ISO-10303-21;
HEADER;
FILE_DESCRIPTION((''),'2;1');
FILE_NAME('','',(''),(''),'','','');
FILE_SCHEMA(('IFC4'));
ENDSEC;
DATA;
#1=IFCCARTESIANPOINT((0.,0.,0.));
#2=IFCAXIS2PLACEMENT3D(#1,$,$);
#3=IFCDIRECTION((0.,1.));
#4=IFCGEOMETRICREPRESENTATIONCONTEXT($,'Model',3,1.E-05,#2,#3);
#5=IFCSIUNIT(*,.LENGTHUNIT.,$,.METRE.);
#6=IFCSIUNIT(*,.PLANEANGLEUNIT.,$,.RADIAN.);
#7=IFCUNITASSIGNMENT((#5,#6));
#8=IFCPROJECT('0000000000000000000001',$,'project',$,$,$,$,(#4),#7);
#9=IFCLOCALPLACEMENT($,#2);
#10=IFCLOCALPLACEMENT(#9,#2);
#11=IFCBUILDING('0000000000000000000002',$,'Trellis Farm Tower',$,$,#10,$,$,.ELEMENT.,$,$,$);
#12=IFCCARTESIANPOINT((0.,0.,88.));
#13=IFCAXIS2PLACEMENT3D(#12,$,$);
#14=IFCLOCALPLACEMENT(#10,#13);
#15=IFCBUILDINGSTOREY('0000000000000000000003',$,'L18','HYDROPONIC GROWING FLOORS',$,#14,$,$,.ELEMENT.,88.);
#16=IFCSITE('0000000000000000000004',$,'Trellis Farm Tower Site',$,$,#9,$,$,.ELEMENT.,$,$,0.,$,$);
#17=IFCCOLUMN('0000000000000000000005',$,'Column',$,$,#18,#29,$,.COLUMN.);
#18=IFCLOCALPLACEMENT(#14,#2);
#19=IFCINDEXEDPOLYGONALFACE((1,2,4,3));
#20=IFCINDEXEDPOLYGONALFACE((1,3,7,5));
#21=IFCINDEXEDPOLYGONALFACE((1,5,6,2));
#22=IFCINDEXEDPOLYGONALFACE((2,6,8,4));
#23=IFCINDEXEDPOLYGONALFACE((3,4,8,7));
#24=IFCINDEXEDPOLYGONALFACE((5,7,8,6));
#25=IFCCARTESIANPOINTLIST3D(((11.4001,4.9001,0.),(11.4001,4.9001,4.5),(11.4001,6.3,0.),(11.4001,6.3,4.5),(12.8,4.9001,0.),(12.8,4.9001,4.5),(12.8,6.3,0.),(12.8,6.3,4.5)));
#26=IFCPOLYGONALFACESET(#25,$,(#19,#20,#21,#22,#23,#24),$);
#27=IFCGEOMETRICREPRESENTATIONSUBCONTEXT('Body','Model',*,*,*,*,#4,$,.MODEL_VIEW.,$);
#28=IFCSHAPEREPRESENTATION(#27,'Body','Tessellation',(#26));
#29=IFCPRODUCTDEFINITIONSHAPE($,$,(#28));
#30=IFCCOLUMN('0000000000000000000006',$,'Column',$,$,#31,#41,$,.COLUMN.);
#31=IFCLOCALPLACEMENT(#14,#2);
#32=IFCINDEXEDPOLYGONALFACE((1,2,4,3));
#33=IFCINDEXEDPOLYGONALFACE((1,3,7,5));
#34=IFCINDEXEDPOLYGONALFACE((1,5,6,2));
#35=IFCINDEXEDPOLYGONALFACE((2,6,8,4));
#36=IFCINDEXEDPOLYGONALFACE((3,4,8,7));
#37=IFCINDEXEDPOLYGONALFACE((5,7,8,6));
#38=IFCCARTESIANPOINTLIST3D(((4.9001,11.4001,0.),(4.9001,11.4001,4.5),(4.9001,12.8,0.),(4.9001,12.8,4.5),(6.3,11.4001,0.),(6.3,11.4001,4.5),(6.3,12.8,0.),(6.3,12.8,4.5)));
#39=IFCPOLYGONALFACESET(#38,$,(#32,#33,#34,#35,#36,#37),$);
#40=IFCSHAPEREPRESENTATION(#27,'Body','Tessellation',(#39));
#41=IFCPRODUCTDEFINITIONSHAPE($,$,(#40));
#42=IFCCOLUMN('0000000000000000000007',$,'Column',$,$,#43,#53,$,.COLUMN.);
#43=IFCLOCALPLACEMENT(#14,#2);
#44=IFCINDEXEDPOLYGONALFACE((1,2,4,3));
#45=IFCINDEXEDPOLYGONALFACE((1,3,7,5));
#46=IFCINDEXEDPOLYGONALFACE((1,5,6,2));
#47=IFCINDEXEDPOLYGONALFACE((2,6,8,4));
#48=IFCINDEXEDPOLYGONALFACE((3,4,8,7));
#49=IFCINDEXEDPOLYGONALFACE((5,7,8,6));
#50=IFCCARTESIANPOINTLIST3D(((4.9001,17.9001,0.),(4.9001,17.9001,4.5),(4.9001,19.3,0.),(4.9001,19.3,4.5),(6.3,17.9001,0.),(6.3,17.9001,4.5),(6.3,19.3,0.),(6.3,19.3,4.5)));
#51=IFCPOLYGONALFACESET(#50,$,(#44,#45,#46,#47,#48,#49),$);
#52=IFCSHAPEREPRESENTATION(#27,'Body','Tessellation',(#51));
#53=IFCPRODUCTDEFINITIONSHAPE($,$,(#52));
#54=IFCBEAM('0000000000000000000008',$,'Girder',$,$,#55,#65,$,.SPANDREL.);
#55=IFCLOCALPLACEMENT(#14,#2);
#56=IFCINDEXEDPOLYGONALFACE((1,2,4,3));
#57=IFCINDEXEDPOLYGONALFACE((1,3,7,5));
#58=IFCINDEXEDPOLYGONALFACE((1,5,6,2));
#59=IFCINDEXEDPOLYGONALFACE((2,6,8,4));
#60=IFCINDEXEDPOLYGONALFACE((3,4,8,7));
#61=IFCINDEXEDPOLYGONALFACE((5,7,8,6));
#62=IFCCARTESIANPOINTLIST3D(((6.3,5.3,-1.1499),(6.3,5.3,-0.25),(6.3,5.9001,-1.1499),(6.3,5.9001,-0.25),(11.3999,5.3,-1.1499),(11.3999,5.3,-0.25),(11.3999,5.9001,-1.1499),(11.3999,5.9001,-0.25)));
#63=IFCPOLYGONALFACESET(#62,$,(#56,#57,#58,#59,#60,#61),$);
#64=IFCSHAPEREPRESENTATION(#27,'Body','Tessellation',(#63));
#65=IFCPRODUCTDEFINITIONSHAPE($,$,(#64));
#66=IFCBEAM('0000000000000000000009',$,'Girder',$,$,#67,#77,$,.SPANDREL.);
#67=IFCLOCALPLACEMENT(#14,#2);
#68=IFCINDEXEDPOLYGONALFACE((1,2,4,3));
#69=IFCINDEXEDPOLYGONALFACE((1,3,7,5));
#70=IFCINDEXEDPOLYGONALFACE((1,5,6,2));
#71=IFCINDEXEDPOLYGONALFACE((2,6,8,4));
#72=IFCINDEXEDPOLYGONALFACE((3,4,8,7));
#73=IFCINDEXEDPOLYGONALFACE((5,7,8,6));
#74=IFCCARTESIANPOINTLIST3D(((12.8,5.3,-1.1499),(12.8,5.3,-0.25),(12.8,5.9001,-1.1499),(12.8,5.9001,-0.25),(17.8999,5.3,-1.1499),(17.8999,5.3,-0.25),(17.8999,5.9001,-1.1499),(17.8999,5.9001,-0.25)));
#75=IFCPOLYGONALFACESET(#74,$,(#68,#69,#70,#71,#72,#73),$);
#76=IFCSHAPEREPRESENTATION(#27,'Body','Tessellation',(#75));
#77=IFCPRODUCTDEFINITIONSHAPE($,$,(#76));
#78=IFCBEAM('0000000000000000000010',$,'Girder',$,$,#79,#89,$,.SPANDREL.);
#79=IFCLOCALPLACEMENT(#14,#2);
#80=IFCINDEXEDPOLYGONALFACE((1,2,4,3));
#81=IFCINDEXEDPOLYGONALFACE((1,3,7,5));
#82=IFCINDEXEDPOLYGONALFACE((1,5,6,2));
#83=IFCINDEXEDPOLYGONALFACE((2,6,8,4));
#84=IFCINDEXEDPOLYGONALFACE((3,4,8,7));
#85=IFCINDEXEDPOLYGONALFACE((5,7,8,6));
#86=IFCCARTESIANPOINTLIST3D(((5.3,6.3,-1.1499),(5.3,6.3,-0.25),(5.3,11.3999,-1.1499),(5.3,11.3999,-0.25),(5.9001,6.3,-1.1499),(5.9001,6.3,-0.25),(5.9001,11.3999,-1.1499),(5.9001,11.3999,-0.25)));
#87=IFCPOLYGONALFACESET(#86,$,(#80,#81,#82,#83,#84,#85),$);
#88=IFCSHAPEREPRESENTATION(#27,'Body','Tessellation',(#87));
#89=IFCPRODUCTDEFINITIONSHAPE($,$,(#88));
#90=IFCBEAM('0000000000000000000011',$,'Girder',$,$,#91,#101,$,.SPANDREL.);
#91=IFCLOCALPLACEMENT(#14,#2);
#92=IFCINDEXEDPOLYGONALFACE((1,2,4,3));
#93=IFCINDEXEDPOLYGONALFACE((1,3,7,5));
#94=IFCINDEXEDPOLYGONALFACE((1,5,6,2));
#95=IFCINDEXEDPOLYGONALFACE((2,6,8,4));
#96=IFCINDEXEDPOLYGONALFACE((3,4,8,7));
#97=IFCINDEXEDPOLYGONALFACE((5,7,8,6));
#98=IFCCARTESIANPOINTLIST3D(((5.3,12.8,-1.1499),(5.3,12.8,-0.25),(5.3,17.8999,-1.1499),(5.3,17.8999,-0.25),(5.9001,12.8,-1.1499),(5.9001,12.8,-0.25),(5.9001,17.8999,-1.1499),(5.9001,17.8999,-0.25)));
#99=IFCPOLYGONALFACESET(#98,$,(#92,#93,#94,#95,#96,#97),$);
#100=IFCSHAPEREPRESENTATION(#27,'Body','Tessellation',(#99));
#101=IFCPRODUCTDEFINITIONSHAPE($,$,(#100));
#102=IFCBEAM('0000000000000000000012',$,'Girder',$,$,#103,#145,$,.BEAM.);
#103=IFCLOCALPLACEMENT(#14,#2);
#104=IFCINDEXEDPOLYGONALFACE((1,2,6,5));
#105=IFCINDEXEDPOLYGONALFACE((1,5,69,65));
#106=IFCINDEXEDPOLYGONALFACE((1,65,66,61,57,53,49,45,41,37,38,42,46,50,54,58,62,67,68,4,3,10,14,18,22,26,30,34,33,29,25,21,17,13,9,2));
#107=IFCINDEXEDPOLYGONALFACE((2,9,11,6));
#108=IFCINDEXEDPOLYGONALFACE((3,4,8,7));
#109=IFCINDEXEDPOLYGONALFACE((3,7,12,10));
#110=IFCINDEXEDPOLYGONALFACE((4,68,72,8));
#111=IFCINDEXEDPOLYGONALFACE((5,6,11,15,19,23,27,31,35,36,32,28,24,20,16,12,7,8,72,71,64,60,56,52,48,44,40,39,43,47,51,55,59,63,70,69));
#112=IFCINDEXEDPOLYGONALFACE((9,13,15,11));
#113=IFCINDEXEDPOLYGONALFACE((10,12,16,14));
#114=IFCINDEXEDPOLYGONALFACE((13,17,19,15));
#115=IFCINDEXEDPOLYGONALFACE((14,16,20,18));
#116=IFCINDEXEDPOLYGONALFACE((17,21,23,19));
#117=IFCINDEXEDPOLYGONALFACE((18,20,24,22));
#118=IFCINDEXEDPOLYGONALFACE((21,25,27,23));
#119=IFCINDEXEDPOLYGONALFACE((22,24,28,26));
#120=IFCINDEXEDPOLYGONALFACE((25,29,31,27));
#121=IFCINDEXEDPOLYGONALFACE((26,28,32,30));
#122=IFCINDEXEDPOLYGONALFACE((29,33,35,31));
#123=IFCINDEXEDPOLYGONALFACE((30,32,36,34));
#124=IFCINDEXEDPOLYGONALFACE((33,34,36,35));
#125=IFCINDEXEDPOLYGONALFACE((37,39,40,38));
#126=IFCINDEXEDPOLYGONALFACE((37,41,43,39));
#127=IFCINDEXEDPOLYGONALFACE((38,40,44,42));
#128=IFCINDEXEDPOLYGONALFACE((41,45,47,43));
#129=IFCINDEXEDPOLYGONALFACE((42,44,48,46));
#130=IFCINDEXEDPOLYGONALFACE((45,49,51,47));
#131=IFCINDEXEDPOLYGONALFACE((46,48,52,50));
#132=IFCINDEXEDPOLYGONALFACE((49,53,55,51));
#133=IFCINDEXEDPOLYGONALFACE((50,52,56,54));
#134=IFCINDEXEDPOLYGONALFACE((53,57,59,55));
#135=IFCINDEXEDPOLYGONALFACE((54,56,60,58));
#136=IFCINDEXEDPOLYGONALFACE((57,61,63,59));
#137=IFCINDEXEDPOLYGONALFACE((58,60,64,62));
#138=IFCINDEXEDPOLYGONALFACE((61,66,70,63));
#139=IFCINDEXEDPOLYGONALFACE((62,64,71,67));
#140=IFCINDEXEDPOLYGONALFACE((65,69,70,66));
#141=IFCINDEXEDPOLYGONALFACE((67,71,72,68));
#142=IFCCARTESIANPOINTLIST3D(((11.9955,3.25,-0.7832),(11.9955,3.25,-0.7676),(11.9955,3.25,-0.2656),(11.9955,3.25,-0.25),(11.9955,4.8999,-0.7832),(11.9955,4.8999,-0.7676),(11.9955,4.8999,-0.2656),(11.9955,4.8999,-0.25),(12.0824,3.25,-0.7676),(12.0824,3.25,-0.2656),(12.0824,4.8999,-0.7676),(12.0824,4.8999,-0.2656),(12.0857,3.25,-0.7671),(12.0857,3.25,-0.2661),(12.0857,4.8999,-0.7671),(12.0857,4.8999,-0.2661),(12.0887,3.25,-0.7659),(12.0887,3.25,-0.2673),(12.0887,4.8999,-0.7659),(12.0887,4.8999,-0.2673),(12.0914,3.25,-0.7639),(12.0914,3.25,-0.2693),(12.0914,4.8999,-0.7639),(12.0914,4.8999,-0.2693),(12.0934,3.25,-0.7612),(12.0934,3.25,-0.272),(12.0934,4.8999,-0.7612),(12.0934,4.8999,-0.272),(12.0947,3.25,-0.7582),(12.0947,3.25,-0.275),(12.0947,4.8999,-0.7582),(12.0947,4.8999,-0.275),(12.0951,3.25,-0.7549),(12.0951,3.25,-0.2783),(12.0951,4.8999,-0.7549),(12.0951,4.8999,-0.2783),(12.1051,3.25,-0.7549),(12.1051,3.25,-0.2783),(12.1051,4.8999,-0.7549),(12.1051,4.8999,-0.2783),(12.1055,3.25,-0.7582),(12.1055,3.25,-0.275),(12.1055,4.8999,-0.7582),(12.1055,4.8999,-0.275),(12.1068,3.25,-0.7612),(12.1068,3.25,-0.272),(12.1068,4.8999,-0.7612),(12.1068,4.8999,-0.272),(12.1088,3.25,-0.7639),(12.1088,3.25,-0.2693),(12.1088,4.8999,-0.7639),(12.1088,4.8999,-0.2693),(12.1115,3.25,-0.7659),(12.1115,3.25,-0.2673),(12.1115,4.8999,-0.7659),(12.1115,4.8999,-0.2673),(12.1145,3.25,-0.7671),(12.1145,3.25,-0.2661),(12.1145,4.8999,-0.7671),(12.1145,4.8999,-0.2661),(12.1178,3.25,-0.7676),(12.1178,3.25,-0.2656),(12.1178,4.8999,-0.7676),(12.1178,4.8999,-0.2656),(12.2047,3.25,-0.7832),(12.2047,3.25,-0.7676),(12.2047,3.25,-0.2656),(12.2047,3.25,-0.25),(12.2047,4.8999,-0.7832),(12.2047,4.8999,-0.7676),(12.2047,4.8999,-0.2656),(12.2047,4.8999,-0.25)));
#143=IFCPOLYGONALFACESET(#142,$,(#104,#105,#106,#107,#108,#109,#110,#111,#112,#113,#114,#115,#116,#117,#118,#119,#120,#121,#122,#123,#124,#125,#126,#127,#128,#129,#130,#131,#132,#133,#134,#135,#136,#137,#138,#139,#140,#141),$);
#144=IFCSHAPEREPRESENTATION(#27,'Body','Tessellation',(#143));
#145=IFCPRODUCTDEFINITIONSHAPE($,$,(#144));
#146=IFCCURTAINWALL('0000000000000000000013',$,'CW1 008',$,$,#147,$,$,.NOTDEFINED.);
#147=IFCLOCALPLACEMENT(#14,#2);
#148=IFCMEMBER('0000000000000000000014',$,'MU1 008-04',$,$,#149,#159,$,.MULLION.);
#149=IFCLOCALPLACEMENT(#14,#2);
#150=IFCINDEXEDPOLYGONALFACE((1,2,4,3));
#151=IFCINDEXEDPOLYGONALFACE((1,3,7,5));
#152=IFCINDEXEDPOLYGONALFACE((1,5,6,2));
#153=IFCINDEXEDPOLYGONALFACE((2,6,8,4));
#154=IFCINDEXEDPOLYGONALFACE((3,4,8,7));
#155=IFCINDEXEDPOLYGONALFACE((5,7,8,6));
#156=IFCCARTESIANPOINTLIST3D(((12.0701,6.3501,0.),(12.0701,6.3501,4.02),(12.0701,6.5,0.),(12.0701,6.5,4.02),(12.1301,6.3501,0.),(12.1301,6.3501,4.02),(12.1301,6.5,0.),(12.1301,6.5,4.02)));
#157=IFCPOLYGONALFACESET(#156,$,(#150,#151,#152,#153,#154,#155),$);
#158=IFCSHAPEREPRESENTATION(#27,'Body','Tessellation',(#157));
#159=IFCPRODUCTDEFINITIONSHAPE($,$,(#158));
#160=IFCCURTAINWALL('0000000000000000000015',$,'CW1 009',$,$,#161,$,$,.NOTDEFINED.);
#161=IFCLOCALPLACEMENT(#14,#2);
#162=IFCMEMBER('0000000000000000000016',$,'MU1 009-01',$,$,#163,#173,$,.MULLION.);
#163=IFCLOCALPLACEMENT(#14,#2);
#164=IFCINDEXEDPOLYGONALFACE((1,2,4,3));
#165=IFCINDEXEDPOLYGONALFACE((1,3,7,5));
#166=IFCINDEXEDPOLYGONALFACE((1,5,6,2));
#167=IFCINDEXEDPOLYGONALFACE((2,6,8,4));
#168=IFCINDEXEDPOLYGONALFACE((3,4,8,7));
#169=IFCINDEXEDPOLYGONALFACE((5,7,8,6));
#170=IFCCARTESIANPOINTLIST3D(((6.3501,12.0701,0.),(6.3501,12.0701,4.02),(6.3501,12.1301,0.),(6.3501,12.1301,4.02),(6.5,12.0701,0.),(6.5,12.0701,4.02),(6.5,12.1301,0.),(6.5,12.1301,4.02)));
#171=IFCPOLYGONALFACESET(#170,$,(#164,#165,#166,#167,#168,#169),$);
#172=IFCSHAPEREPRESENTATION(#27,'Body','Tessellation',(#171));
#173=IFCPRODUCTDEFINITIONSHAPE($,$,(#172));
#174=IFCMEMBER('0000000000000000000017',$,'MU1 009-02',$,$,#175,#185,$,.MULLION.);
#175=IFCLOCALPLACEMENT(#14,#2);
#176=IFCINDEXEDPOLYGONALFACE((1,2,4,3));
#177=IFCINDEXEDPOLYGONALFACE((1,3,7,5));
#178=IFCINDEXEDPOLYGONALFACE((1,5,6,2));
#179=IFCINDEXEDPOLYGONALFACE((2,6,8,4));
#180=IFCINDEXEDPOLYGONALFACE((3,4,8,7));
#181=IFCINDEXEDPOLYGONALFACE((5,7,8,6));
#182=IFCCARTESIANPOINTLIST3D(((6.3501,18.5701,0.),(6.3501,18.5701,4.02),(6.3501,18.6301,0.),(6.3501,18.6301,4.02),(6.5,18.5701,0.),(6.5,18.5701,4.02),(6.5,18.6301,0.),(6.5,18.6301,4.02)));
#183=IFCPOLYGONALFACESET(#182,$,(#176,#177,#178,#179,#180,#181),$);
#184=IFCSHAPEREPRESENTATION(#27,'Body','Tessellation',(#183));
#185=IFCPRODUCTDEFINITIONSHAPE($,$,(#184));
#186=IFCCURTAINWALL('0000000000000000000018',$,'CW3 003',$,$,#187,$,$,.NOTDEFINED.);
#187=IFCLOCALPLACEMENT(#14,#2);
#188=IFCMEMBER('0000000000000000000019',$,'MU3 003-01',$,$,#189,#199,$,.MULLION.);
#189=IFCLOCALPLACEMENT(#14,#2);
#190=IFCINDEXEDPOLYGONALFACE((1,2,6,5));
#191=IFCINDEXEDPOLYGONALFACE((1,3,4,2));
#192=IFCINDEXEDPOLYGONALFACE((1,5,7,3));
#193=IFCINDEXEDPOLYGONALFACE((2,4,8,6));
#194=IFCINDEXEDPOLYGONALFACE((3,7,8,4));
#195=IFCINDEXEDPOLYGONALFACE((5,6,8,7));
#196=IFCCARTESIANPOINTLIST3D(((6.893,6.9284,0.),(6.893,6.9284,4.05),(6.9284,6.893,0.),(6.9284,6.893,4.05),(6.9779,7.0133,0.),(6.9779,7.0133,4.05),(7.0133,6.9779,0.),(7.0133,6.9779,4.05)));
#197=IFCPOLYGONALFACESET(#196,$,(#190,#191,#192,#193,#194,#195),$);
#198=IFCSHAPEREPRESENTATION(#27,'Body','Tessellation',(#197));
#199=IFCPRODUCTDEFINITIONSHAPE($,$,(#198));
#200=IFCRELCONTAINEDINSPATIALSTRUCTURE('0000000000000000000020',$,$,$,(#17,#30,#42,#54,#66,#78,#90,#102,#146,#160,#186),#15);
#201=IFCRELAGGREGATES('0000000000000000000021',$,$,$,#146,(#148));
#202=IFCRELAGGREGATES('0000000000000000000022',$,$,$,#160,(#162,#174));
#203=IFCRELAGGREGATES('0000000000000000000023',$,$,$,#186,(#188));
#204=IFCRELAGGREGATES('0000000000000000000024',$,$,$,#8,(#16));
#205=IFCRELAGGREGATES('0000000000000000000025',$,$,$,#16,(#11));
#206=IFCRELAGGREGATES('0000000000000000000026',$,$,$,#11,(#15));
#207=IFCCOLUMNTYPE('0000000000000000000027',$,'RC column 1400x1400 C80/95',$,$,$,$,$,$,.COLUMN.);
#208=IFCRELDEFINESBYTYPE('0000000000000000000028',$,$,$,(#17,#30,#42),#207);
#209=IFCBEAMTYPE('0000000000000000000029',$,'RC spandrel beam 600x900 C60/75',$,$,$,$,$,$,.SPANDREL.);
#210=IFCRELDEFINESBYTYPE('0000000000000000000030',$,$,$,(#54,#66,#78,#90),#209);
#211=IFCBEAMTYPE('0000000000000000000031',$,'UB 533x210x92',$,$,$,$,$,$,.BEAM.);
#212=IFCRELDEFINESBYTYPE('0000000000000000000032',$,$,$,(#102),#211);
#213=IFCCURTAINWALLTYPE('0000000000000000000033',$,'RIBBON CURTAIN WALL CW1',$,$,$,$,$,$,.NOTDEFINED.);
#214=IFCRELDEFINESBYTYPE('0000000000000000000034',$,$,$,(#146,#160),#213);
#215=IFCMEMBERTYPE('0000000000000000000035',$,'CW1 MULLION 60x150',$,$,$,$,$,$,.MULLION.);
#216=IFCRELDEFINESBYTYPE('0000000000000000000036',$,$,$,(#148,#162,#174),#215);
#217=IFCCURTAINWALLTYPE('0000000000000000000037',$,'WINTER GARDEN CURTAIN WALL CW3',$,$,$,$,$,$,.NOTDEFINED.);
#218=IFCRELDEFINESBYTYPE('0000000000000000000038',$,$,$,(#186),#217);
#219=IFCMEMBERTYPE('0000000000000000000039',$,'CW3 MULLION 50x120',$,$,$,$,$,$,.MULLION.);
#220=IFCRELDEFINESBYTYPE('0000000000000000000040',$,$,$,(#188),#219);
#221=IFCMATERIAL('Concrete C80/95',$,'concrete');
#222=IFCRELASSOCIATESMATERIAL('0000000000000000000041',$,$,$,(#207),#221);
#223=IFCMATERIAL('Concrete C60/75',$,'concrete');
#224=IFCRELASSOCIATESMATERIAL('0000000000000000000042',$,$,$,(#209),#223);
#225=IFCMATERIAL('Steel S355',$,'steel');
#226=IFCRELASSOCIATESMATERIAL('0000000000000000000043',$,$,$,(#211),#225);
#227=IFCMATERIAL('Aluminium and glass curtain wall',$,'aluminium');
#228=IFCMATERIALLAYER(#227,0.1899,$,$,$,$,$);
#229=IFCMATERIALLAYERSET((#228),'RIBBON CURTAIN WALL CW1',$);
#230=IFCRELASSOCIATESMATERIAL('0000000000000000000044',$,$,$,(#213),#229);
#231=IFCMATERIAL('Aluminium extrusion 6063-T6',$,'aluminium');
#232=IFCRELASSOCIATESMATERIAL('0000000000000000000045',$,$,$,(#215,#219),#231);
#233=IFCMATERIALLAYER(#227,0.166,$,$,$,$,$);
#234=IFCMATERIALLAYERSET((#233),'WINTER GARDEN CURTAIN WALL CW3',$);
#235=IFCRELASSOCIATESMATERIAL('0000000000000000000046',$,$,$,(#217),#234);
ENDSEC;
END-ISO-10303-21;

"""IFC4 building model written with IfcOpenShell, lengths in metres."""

from ifc_helpers import new_model, si_unit, direction, frame, origin, origin_2d, place, context, subcontext, project, spatial, rectangle, i_section, extrude, source, transform, mapped, material, layer, layer_set, material_profile, profile_set, type_object, element, aggregate, save


model = new_model("IFC4")

# Units and contexts
model_context = context("Model", 3, precision=1e-05, world=origin(), true_north=direction((0.0, 1.0)))
body_context = subcontext(model_context, "Body", "Model", "MODEL_VIEW")
ifc_project = project(units=[si_unit("LENGTHUNIT", "METRE"), si_unit("PLANEANGLEUNIT", "RADIAN")], contexts=[model_context])

# Site, building, storey
site_placement = place(None, origin())
site = spatial("IfcSite", under=ifc_project, at=site_placement, Name="Trellis Farm Tower Site", CompositionType="ELEMENT", RefElevation=0.0)
building_placement = place(site_placement, origin())
building = spatial("IfcBuilding", under=site, at=building_placement, Name="Trellis Farm Tower", CompositionType="ELEMENT")
storey_placement = place(building_placement, frame((0.0, 0.0, 88.0)))
storey = spatial("IfcBuildingStorey", under=building, at=storey_placement, Name="L18", Description="HYDROPONIC GROWING FLOORS", CompositionType="ELEMENT", Elevation=88.0)

# Columns
ifc_material_1 = material(Name="Concrete C80/95", Category="concrete")
ifc_material_profile_1 = material_profile(ifc_material_1, rectangle(XDim=1.3999, YDim=1.3999, at=origin_2d()), Name="RC column 1400x1400 C80/95")
ifc_profile_set_1 = profile_set([ifc_material_profile_1], Name="Concrete C80/95")
column_type = type_object("IfcColumnType", Name="RC column 1400x1400 C80/95", PredefinedType="COLUMN", material=ifc_profile_set_1)
shared_shape_1 = source(origin(), body_context, "Body", "SweptSolid", [
    extrude(rectangle(XDim=1.3999, YDim=1.3999, at=origin_2d()), origin(), (0.0, 0.0, 1.0), 4.5),
])
for number, where, z_axis, x_axis, name in (
    (1, (12.1001, 5.6001, 0.0), (0.0, 0.0, 1.0), (1.0, 0.0, 0.0), "Column"),
    (2, (5.6001, 12.1001, 0.0), (0.0, 0.0, 1.0), (1.0, 0.0, 0.0), "Column"),
    (3, (5.6001, 18.6001, 0.0), (0.0, 0.0, 1.0), (1.0, 0.0, 0.0), "Column"),
):
    element("IfcColumn", number, at=place(storey_placement, frame(where, z_axis=z_axis, x_axis=x_axis)), inside=storey, type_object=column_type, Name=name, PredefinedType="COLUMN", context=body_context, shape_type="MappedRepresentation", body=[
        mapped(shared_shape_1, transform((0.0, 0.0, 0.0))),
    ])

# Beams
ifc_material_2 = material(Name="Concrete C60/75", Category="concrete")
ifc_material_profile_2 = material_profile(ifc_material_2, rectangle(XDim=0.6001, YDim=0.8999, at=origin_2d()), Name="RC spandrel beam 600x900 C60/75")
ifc_profile_set_2 = profile_set([ifc_material_profile_2], Name="Concrete C60/75")
beam_type_1 = type_object("IfcBeamType", Name="RC spandrel beam 600x900 C60/75", PredefinedType="SPANDREL", material=ifc_profile_set_2)
shared_shape_2 = source(origin(), body_context, "Body", "SweptSolid", [
    extrude(rectangle(XDim=0.6001, YDim=0.8999, at=origin_2d()), origin(), (0.0, 0.0, 1.0), 5.0999),
])
for number, where, z_axis, x_axis, name in (
    (4, (6.3, 5.6001, -0.7), (1.0, 0.0, 0.0), (0.0, 1.0, 0.0), "Girder"),
    (5, (12.8, 5.6001, -0.7), (1.0, 0.0, 0.0), (0.0, 1.0, 0.0), "Girder"),
    (6, (5.6001, 6.3, -0.7), (0.0, 1.0, 0.0), (-1.0, 0.0, 0.0), "Girder"),
    (7, (5.6001, 12.8, -0.7), (0.0, 1.0, 0.0), (-1.0, 0.0, 0.0), "Girder"),
):
    element("IfcBeam", number, at=place(storey_placement, frame(where, z_axis=z_axis, x_axis=x_axis)), inside=storey, type_object=beam_type_1, Name=name, PredefinedType="SPANDREL", context=body_context, shape_type="MappedRepresentation", body=[
        mapped(shared_shape_2, transform((0.0, 0.0, 0.0))),
    ])
ifc_material_3 = material(Name="Steel S355", Category="steel")
ifc_material_profile_3 = material_profile(ifc_material_3, i_section(OverallWidth=0.2092, OverallDepth=0.5332, WebThickness=0.01, FlangeThickness=0.0156, FilletRadius=0.0127, at=origin_2d()), Name="UB 533x210x92")
ifc_profile_set_3 = profile_set([ifc_material_profile_3], Name="Steel S355")
beam_type_2 = type_object("IfcBeamType", Name="UB 533x210x92", PredefinedType="BEAM", material=ifc_profile_set_3)
shared_shape_3 = source(origin(), body_context, "Body", "SweptSolid", [
    extrude(i_section(OverallWidth=0.2092, OverallDepth=0.5332, WebThickness=0.01, FlangeThickness=0.0156, FilletRadius=0.0127, at=origin_2d()), origin(), (0.0, 0.0, 1.0), 1.6499),
])
beam_placement = place(storey_placement, frame((12.1001, 3.25, -0.5166), z_axis=(0.0, 1.0, 0.0), x_axis=(-1.0, 0.0, 0.0)))
element("IfcBeam", 8, at=beam_placement, inside=storey, type_object=beam_type_2, Name="Girder", PredefinedType="BEAM", context=body_context, shape_type="MappedRepresentation", body=[
    mapped(shared_shape_3, transform((0.0, 0.0, 0.0))),
])

# Curtain wall, member
ifc_material_4 = material(Name="Aluminium and glass curtain wall", Category="aluminium")
ifc_layer_1 = layer(ifc_material_4, 0.1899)
ifc_layer_set_1 = layer_set([ifc_layer_1], Name="RIBBON CURTAIN WALL CW1")
curtain_wall_type_1 = type_object("IfcCurtainWallType", Name="RIBBON CURTAIN WALL CW1", PredefinedType="NOTDEFINED", material=ifc_layer_set_1)
placement = place(storey_placement, origin())
curtain_wall_1 = element("IfcCurtainWall", 9, at=placement, inside=storey, type_object=curtain_wall_type_1, Name="CW1 008", PredefinedType="NOTDEFINED")
ifc_material_5 = material(Name="Aluminium extrusion 6063-T6", Category="aluminium")
ifc_material_profile_4 = material_profile(ifc_material_5, rectangle(XDim=0.0601, YDim=0.1499, at=origin_2d()), Name="MULLION 60x150")
ifc_profile_set_4 = profile_set([ifc_material_profile_4], Name="Aluminium extrusion 6063-T6")
member_type_1 = type_object("IfcMemberType", Name="CW1 MULLION 60x150", PredefinedType="MULLION", material=ifc_profile_set_4)
shared_shape_4 = source(origin(), body_context, "Body", "SweptSolid", [
    extrude(rectangle(XDim=0.0601, YDim=0.1499, at=origin_2d()), origin(), (0.0, 0.0, 1.0), 4.02),
])
member_1_placement = place(storey_placement, frame((12.1001, 6.425, 0.0), z_axis=(0.0, 0.0, 1.0), x_axis=(-1.0, 0.0, 0.0)))
member_1 = element("IfcMember", 10, at=member_1_placement, type_object=member_type_1, Name="MU1 008-04", PredefinedType="MULLION", context=body_context, shape_type="MappedRepresentation", body=[
    mapped(shared_shape_4, transform((0.0, 0.0, 0.0))),
])
aggregate(curtain_wall_1, [member_1])

# Curtain wall, members
curtain_wall_2 = element("IfcCurtainWall", 11, at=placement, inside=storey, type_object=curtain_wall_type_1, Name="CW1 009", PredefinedType="NOTDEFINED")
member_2_placement = place(storey_placement, frame((6.425, 12.1001, 0.0), z_axis=(0.0, 0.0, 1.0), x_axis=(0.0, 1.0, 0.0)))
member_2 = element("IfcMember", 12, at=member_2_placement, type_object=member_type_1, Name="MU1 009-01", PredefinedType="MULLION", context=body_context, shape_type="MappedRepresentation", body=[
    mapped(shared_shape_4, transform((0.0, 0.0, 0.0))),
])
member_3_placement = place(storey_placement, frame((6.425, 18.6001, 0.0), z_axis=(0.0, 0.0, 1.0), x_axis=(0.0, 1.0, 0.0)))
member_3 = element("IfcMember", 13, at=member_3_placement, type_object=member_type_1, Name="MU1 009-02", PredefinedType="MULLION", context=body_context, shape_type="MappedRepresentation", body=[
    mapped(shared_shape_4, transform((0.0, 0.0, 0.0))),
])
aggregate(curtain_wall_2, [member_2, member_3])

# Curtain wall, member
ifc_layer_2 = layer(ifc_material_4, 0.166)
ifc_layer_set_2 = layer_set([ifc_layer_2], Name="WINTER GARDEN CURTAIN WALL CW3")
curtain_wall_type_2 = type_object("IfcCurtainWallType", Name="WINTER GARDEN CURTAIN WALL CW3", PredefinedType="NOTDEFINED", material=ifc_layer_set_2)
curtain_wall_3 = element("IfcCurtainWall", 14, at=placement, inside=storey, type_object=curtain_wall_type_2, Name="CW3 003", PredefinedType="NOTDEFINED")
ifc_material_profile_5 = material_profile(ifc_material_5, rectangle(XDim=0.05, YDim=0.1201, at=origin_2d()), Name="MULLION 50x120")
ifc_profile_set_5 = profile_set([ifc_material_profile_5], Name="Aluminium extrusion 6063-T6")
member_type_2 = type_object("IfcMemberType", Name="CW3 MULLION 50x120", PredefinedType="MULLION", material=ifc_profile_set_5)
shared_shape_5 = source(origin(), body_context, "Body", "SweptSolid", [
    extrude(rectangle(XDim=0.05, YDim=0.1201, at=origin_2d()), origin(), (0.0, 0.0, 1.0), 4.05),
])
member_4_placement = place(storey_placement, frame((6.9531, 6.9531, 0.0), z_axis=(0.0, 0.0, 1.0), x_axis=(-0.707107, 0.707107, 0.0)))
member_4 = element("IfcMember", 15, at=member_4_placement, type_object=member_type_2, Name="MU3 003-01", PredefinedType="MULLION", context=body_context, shape_type="MappedRepresentation", body=[
    mapped(shared_shape_5, transform((0.0, 0.0, 0.0))),
])
aggregate(curtain_wall_3, [member_4])

save(model, "model.ifc")
